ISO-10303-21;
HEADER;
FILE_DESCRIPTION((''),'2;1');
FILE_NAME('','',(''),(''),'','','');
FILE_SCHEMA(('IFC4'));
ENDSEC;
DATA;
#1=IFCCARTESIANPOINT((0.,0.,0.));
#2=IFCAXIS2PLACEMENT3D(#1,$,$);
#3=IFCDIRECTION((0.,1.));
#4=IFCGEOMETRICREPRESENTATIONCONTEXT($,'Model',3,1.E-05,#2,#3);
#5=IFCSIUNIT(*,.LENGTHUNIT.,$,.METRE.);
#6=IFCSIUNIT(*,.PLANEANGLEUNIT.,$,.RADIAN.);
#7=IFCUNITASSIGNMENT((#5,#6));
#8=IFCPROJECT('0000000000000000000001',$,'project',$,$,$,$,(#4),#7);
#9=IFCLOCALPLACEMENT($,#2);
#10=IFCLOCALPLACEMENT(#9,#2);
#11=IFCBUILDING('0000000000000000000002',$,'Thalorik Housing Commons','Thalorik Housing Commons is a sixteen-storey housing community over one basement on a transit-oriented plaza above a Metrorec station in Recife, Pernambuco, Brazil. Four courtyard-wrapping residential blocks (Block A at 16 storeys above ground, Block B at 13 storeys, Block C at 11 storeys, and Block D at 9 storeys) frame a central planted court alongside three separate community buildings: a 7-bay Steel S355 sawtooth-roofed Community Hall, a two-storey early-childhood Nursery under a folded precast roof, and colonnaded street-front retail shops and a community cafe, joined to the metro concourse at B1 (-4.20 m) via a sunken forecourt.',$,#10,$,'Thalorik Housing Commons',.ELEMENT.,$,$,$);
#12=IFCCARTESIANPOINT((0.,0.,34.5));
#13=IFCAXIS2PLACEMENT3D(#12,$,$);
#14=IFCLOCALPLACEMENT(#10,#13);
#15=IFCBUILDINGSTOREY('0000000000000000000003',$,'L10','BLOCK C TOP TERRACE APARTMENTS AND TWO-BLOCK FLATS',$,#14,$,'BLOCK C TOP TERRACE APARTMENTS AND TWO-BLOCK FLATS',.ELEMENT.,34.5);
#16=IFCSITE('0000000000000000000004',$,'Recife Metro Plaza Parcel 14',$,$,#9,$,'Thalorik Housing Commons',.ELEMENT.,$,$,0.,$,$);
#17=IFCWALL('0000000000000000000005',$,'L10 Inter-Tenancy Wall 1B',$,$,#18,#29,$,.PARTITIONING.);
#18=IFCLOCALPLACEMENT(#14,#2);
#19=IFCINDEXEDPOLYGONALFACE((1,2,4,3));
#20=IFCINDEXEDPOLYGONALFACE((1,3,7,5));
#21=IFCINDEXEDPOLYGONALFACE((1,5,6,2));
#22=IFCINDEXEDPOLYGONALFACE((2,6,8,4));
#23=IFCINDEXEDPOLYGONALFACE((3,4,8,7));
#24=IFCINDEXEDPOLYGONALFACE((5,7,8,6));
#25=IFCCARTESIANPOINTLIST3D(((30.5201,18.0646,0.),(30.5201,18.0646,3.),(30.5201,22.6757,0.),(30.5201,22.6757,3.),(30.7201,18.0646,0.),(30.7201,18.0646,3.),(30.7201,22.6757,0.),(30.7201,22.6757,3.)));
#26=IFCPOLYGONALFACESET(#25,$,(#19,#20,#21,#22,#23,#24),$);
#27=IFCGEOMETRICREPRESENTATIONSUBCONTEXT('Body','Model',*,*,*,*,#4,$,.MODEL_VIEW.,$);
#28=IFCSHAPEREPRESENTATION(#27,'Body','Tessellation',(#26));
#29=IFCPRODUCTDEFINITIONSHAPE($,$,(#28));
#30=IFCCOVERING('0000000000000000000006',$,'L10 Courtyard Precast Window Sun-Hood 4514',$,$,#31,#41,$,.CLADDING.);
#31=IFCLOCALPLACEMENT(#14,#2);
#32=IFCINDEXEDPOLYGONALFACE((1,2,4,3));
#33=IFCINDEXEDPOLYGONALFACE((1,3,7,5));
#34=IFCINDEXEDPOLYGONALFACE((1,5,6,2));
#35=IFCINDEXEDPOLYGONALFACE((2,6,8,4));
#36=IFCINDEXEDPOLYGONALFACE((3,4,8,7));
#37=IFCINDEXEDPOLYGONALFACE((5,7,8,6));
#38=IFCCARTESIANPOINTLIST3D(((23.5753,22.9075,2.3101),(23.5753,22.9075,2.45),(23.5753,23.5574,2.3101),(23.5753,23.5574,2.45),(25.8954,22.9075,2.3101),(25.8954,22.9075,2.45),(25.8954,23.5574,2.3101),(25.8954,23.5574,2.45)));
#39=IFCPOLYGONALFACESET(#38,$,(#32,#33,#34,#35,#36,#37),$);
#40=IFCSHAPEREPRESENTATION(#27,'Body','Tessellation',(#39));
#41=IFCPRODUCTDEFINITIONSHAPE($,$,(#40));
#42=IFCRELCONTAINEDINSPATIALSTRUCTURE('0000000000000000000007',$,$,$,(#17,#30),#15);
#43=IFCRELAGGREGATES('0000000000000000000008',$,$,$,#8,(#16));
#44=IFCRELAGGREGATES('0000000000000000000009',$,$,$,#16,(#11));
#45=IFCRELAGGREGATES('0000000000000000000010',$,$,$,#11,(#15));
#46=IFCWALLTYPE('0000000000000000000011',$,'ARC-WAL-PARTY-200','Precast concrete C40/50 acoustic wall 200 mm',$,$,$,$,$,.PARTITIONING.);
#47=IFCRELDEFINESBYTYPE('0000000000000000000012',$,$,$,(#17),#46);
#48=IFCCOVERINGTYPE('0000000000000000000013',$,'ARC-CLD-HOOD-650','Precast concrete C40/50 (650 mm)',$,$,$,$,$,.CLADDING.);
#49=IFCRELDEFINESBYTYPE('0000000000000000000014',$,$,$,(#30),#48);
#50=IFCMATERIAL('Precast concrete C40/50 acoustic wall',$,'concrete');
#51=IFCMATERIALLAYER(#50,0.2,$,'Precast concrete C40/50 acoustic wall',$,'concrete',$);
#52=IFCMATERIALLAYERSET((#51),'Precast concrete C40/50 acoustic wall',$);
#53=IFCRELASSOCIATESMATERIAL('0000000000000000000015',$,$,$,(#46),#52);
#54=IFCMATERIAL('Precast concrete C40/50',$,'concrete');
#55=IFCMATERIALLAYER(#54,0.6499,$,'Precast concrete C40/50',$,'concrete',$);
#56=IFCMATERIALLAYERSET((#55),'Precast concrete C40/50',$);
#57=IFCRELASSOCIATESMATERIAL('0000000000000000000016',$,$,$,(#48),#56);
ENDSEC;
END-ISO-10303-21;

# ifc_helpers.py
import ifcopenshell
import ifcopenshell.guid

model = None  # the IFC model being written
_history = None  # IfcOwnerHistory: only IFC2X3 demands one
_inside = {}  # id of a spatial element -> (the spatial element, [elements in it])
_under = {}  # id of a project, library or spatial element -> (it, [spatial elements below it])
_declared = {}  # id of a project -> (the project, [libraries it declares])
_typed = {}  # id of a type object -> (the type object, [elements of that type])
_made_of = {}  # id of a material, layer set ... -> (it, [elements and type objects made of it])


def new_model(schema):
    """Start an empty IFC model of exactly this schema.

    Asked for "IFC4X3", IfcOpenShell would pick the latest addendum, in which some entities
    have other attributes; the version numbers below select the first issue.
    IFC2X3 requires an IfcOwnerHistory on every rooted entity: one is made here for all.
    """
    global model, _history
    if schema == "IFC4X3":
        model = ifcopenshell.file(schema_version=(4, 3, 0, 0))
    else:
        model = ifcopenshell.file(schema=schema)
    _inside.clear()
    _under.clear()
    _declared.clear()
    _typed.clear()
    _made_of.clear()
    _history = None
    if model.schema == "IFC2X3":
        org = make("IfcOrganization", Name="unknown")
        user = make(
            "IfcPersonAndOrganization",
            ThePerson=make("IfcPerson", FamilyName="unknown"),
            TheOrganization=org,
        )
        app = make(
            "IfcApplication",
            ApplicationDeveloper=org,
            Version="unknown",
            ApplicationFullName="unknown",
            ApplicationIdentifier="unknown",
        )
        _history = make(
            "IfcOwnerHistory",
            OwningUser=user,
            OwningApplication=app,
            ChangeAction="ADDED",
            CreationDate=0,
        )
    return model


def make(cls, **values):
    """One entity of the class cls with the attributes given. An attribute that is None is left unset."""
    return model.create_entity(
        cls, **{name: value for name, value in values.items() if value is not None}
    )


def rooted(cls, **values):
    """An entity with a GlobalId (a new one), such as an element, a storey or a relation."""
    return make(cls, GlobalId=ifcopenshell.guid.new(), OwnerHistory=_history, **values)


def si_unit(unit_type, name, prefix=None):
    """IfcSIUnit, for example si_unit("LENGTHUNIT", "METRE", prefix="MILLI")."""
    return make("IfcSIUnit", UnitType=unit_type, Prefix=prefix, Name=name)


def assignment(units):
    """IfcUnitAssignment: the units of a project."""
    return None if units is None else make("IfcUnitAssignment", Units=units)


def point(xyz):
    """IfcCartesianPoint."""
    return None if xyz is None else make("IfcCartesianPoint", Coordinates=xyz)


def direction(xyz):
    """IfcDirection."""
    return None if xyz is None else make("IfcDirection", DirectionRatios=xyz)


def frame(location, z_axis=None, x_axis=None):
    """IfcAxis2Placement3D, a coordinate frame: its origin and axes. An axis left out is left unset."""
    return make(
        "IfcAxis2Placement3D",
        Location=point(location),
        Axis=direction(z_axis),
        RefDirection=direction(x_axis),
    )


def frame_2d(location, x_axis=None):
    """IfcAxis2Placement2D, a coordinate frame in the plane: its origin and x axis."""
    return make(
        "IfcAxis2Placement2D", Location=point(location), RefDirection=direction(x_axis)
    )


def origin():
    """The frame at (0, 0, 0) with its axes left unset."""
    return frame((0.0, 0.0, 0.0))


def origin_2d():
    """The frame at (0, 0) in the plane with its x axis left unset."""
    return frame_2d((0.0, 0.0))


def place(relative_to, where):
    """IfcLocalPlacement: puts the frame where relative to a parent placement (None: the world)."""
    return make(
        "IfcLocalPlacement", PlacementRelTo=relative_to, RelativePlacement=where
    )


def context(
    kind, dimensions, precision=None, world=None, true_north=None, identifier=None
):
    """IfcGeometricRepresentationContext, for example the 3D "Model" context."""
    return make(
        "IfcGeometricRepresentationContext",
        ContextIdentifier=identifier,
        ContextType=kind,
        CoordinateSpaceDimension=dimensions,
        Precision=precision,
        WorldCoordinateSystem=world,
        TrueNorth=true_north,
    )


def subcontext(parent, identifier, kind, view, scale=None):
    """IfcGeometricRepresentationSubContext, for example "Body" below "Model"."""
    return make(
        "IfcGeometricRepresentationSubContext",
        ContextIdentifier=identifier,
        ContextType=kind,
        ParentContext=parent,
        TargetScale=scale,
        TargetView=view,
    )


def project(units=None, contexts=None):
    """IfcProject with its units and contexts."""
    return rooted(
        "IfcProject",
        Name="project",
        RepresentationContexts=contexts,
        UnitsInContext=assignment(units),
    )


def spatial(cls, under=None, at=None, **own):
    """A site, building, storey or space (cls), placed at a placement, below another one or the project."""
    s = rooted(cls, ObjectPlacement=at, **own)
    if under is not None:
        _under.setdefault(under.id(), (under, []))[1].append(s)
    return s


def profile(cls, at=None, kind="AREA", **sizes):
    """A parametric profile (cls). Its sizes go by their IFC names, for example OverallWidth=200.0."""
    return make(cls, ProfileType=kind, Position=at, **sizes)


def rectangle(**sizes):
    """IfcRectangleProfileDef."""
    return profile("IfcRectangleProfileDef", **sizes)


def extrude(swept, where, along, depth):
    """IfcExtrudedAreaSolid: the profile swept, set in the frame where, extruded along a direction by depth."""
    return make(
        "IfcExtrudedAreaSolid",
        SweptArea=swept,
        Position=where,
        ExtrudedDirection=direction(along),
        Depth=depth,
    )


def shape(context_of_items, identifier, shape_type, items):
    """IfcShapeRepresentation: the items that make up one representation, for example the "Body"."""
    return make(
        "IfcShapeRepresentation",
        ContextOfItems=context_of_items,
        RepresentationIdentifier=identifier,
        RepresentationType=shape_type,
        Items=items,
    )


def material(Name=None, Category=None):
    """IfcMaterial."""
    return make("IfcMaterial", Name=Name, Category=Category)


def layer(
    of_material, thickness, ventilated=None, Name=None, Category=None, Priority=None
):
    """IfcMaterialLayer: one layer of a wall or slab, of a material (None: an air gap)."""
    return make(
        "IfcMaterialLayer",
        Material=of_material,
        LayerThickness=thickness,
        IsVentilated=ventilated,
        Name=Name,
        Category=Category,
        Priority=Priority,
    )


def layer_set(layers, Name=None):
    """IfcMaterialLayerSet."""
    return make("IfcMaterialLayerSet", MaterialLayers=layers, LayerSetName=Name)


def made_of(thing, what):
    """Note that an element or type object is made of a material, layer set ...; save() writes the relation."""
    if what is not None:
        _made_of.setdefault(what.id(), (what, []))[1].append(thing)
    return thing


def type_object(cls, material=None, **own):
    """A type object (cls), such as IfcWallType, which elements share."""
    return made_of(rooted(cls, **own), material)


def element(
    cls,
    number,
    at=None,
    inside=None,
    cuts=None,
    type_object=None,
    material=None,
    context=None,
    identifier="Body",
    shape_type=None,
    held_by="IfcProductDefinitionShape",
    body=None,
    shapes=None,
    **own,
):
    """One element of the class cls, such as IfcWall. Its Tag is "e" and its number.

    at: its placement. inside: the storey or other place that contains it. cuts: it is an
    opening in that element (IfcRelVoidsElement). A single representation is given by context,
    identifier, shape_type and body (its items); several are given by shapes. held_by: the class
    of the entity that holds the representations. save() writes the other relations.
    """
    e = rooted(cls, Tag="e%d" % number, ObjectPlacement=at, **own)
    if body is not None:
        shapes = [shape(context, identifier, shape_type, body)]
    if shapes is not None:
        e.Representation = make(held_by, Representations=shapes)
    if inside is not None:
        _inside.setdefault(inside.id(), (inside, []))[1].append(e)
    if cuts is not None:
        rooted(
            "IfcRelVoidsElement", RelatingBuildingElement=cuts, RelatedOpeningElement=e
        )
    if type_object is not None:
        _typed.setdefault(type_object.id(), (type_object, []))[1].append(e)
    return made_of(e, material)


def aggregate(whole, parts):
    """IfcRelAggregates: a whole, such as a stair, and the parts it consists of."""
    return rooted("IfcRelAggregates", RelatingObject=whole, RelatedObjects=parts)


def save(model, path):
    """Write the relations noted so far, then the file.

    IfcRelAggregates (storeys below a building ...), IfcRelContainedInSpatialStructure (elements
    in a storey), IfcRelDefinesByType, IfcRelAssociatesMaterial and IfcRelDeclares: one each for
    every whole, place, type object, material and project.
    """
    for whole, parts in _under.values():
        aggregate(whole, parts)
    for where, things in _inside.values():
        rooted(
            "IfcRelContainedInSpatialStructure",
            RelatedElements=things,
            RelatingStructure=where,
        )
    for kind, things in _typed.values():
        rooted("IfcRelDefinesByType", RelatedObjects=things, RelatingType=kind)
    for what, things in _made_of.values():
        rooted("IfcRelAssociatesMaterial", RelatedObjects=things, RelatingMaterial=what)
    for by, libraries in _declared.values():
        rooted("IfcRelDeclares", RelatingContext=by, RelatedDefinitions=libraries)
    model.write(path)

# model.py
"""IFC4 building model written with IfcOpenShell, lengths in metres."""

from ifc_helpers import new_model, si_unit, direction, frame, frame_2d, origin, origin_2d, place, context, subcontext, project, spatial, rectangle, extrude, material, layer, layer_set, type_object, element, save


model = new_model("IFC4")

# Units and contexts
model_context = context("Model", 3, precision=1e-05, world=origin(), true_north=direction((0.0, 1.0)))
body_context = subcontext(model_context, "Body", "Model", "MODEL_VIEW")
ifc_project = project(units=[si_unit("LENGTHUNIT", "METRE"), si_unit("PLANEANGLEUNIT", "RADIAN")], contexts=[model_context])

# Site, building, storey
site_placement = place(None, origin())
site = spatial("IfcSite", under=ifc_project, at=site_placement, Name="Recife Metro Plaza Parcel 14", LongName="Thalorik Housing Commons", CompositionType="ELEMENT", RefElevation=0.0)
building_placement = place(site_placement, origin())
building = spatial("IfcBuilding", under=site, at=building_placement, Name="Thalorik Housing Commons", Description="Thalorik Housing Commons is a sixteen-storey housing community over one basement on a transit-oriented plaza above a Metrorec station in Recife, Pernambuco, Brazil. Four courtyard-wrapping residential blocks (Block A at 16 storeys above ground, Block B at 13 storeys, Block C at 11 storeys, and Block D at 9 storeys) frame a central planted court alongside three separate community buildings: a 7-bay Steel S355 sawtooth-roofed Community Hall, a two-storey early-childhood Nursery under a folded precast roof, and colonnaded street-front retail shops and a community cafe, joined to the metro concourse at B1 (-4.20 m) via a sunken forecourt.", LongName="Thalorik Housing Commons", CompositionType="ELEMENT")
storey_placement = place(building_placement, frame((0.0, 0.0, 34.5)))
storey = spatial("IfcBuildingStorey", under=building, at=storey_placement, Name="L10", Description="BLOCK C TOP TERRACE APARTMENTS AND TWO-BLOCK FLATS", LongName="BLOCK C TOP TERRACE APARTMENTS AND TWO-BLOCK FLATS", CompositionType="ELEMENT", Elevation=34.5)

# Shared definitions
ifc_material_1 = material(Name="Precast concrete C40/50", Category="concrete")

# Wall
ifc_material_2 = material(Name="Precast concrete C40/50 acoustic wall", Category="concrete")
ifc_layer_1 = layer(ifc_material_2, 0.2, Name="Precast concrete C40/50 acoustic wall", Category="concrete")
ifc_layer_set_1 = layer_set([ifc_layer_1], Name="Precast concrete C40/50 acoustic wall")
wall_type_1 = type_object("IfcWallType", Name="ARC-WAL-PARTY-200", Description="Precast concrete C40/50 acoustic wall 200 mm", PredefinedType="PARTITIONING", material=ifc_layer_set_1)
wall_1_placement = place(storey_placement, frame((30.6201, 18.0645, 0.0), z_axis=(0.0, 0.0, 1.0), x_axis=(0.0, 1.0, 0.0)))
element("IfcWall", 1, at=wall_1_placement, inside=storey, type_object=wall_type_1, Name="L10 Inter-Tenancy Wall 1B", PredefinedType="PARTITIONING", context=body_context, shape_type="SweptSolid", body=[
    extrude(rectangle(XDim=4.6111, YDim=0.2, at=frame_2d((2.3057, 0.0))), origin(), (0.0, 0.0, 1.0), 3.0),
])

# Covering
ifc_layer_2 = layer(ifc_material_1, 0.6499, Name="Precast concrete C40/50", Category="concrete")
ifc_layer_set_2 = layer_set([ifc_layer_2], Name="Precast concrete C40/50")
covering_type = type_object("IfcCoveringType", Name="ARC-CLD-HOOD-650", Description="Precast concrete C40/50 (650 mm)", PredefinedType="CLADDING", material=ifc_layer_set_2)
covering_placement = place(storey_placement, frame((24.7354, 23.2324, 2.3101), z_axis=(0.0, 0.0, 1.0), x_axis=(-1.0, 0.0, 0.0)))
element("IfcCovering", 2, at=covering_placement, inside=storey, type_object=covering_type, Name="L10 Courtyard Precast Window Sun-Hood 4514", PredefinedType="CLADDING", context=body_context, shape_type="SweptSolid", body=[
    extrude(rectangle(XDim=2.3201, YDim=0.6499, at=origin_2d()), origin(), (0.0, 0.0, 1.0), 0.1399),
])

save(model, "model.ifc")
